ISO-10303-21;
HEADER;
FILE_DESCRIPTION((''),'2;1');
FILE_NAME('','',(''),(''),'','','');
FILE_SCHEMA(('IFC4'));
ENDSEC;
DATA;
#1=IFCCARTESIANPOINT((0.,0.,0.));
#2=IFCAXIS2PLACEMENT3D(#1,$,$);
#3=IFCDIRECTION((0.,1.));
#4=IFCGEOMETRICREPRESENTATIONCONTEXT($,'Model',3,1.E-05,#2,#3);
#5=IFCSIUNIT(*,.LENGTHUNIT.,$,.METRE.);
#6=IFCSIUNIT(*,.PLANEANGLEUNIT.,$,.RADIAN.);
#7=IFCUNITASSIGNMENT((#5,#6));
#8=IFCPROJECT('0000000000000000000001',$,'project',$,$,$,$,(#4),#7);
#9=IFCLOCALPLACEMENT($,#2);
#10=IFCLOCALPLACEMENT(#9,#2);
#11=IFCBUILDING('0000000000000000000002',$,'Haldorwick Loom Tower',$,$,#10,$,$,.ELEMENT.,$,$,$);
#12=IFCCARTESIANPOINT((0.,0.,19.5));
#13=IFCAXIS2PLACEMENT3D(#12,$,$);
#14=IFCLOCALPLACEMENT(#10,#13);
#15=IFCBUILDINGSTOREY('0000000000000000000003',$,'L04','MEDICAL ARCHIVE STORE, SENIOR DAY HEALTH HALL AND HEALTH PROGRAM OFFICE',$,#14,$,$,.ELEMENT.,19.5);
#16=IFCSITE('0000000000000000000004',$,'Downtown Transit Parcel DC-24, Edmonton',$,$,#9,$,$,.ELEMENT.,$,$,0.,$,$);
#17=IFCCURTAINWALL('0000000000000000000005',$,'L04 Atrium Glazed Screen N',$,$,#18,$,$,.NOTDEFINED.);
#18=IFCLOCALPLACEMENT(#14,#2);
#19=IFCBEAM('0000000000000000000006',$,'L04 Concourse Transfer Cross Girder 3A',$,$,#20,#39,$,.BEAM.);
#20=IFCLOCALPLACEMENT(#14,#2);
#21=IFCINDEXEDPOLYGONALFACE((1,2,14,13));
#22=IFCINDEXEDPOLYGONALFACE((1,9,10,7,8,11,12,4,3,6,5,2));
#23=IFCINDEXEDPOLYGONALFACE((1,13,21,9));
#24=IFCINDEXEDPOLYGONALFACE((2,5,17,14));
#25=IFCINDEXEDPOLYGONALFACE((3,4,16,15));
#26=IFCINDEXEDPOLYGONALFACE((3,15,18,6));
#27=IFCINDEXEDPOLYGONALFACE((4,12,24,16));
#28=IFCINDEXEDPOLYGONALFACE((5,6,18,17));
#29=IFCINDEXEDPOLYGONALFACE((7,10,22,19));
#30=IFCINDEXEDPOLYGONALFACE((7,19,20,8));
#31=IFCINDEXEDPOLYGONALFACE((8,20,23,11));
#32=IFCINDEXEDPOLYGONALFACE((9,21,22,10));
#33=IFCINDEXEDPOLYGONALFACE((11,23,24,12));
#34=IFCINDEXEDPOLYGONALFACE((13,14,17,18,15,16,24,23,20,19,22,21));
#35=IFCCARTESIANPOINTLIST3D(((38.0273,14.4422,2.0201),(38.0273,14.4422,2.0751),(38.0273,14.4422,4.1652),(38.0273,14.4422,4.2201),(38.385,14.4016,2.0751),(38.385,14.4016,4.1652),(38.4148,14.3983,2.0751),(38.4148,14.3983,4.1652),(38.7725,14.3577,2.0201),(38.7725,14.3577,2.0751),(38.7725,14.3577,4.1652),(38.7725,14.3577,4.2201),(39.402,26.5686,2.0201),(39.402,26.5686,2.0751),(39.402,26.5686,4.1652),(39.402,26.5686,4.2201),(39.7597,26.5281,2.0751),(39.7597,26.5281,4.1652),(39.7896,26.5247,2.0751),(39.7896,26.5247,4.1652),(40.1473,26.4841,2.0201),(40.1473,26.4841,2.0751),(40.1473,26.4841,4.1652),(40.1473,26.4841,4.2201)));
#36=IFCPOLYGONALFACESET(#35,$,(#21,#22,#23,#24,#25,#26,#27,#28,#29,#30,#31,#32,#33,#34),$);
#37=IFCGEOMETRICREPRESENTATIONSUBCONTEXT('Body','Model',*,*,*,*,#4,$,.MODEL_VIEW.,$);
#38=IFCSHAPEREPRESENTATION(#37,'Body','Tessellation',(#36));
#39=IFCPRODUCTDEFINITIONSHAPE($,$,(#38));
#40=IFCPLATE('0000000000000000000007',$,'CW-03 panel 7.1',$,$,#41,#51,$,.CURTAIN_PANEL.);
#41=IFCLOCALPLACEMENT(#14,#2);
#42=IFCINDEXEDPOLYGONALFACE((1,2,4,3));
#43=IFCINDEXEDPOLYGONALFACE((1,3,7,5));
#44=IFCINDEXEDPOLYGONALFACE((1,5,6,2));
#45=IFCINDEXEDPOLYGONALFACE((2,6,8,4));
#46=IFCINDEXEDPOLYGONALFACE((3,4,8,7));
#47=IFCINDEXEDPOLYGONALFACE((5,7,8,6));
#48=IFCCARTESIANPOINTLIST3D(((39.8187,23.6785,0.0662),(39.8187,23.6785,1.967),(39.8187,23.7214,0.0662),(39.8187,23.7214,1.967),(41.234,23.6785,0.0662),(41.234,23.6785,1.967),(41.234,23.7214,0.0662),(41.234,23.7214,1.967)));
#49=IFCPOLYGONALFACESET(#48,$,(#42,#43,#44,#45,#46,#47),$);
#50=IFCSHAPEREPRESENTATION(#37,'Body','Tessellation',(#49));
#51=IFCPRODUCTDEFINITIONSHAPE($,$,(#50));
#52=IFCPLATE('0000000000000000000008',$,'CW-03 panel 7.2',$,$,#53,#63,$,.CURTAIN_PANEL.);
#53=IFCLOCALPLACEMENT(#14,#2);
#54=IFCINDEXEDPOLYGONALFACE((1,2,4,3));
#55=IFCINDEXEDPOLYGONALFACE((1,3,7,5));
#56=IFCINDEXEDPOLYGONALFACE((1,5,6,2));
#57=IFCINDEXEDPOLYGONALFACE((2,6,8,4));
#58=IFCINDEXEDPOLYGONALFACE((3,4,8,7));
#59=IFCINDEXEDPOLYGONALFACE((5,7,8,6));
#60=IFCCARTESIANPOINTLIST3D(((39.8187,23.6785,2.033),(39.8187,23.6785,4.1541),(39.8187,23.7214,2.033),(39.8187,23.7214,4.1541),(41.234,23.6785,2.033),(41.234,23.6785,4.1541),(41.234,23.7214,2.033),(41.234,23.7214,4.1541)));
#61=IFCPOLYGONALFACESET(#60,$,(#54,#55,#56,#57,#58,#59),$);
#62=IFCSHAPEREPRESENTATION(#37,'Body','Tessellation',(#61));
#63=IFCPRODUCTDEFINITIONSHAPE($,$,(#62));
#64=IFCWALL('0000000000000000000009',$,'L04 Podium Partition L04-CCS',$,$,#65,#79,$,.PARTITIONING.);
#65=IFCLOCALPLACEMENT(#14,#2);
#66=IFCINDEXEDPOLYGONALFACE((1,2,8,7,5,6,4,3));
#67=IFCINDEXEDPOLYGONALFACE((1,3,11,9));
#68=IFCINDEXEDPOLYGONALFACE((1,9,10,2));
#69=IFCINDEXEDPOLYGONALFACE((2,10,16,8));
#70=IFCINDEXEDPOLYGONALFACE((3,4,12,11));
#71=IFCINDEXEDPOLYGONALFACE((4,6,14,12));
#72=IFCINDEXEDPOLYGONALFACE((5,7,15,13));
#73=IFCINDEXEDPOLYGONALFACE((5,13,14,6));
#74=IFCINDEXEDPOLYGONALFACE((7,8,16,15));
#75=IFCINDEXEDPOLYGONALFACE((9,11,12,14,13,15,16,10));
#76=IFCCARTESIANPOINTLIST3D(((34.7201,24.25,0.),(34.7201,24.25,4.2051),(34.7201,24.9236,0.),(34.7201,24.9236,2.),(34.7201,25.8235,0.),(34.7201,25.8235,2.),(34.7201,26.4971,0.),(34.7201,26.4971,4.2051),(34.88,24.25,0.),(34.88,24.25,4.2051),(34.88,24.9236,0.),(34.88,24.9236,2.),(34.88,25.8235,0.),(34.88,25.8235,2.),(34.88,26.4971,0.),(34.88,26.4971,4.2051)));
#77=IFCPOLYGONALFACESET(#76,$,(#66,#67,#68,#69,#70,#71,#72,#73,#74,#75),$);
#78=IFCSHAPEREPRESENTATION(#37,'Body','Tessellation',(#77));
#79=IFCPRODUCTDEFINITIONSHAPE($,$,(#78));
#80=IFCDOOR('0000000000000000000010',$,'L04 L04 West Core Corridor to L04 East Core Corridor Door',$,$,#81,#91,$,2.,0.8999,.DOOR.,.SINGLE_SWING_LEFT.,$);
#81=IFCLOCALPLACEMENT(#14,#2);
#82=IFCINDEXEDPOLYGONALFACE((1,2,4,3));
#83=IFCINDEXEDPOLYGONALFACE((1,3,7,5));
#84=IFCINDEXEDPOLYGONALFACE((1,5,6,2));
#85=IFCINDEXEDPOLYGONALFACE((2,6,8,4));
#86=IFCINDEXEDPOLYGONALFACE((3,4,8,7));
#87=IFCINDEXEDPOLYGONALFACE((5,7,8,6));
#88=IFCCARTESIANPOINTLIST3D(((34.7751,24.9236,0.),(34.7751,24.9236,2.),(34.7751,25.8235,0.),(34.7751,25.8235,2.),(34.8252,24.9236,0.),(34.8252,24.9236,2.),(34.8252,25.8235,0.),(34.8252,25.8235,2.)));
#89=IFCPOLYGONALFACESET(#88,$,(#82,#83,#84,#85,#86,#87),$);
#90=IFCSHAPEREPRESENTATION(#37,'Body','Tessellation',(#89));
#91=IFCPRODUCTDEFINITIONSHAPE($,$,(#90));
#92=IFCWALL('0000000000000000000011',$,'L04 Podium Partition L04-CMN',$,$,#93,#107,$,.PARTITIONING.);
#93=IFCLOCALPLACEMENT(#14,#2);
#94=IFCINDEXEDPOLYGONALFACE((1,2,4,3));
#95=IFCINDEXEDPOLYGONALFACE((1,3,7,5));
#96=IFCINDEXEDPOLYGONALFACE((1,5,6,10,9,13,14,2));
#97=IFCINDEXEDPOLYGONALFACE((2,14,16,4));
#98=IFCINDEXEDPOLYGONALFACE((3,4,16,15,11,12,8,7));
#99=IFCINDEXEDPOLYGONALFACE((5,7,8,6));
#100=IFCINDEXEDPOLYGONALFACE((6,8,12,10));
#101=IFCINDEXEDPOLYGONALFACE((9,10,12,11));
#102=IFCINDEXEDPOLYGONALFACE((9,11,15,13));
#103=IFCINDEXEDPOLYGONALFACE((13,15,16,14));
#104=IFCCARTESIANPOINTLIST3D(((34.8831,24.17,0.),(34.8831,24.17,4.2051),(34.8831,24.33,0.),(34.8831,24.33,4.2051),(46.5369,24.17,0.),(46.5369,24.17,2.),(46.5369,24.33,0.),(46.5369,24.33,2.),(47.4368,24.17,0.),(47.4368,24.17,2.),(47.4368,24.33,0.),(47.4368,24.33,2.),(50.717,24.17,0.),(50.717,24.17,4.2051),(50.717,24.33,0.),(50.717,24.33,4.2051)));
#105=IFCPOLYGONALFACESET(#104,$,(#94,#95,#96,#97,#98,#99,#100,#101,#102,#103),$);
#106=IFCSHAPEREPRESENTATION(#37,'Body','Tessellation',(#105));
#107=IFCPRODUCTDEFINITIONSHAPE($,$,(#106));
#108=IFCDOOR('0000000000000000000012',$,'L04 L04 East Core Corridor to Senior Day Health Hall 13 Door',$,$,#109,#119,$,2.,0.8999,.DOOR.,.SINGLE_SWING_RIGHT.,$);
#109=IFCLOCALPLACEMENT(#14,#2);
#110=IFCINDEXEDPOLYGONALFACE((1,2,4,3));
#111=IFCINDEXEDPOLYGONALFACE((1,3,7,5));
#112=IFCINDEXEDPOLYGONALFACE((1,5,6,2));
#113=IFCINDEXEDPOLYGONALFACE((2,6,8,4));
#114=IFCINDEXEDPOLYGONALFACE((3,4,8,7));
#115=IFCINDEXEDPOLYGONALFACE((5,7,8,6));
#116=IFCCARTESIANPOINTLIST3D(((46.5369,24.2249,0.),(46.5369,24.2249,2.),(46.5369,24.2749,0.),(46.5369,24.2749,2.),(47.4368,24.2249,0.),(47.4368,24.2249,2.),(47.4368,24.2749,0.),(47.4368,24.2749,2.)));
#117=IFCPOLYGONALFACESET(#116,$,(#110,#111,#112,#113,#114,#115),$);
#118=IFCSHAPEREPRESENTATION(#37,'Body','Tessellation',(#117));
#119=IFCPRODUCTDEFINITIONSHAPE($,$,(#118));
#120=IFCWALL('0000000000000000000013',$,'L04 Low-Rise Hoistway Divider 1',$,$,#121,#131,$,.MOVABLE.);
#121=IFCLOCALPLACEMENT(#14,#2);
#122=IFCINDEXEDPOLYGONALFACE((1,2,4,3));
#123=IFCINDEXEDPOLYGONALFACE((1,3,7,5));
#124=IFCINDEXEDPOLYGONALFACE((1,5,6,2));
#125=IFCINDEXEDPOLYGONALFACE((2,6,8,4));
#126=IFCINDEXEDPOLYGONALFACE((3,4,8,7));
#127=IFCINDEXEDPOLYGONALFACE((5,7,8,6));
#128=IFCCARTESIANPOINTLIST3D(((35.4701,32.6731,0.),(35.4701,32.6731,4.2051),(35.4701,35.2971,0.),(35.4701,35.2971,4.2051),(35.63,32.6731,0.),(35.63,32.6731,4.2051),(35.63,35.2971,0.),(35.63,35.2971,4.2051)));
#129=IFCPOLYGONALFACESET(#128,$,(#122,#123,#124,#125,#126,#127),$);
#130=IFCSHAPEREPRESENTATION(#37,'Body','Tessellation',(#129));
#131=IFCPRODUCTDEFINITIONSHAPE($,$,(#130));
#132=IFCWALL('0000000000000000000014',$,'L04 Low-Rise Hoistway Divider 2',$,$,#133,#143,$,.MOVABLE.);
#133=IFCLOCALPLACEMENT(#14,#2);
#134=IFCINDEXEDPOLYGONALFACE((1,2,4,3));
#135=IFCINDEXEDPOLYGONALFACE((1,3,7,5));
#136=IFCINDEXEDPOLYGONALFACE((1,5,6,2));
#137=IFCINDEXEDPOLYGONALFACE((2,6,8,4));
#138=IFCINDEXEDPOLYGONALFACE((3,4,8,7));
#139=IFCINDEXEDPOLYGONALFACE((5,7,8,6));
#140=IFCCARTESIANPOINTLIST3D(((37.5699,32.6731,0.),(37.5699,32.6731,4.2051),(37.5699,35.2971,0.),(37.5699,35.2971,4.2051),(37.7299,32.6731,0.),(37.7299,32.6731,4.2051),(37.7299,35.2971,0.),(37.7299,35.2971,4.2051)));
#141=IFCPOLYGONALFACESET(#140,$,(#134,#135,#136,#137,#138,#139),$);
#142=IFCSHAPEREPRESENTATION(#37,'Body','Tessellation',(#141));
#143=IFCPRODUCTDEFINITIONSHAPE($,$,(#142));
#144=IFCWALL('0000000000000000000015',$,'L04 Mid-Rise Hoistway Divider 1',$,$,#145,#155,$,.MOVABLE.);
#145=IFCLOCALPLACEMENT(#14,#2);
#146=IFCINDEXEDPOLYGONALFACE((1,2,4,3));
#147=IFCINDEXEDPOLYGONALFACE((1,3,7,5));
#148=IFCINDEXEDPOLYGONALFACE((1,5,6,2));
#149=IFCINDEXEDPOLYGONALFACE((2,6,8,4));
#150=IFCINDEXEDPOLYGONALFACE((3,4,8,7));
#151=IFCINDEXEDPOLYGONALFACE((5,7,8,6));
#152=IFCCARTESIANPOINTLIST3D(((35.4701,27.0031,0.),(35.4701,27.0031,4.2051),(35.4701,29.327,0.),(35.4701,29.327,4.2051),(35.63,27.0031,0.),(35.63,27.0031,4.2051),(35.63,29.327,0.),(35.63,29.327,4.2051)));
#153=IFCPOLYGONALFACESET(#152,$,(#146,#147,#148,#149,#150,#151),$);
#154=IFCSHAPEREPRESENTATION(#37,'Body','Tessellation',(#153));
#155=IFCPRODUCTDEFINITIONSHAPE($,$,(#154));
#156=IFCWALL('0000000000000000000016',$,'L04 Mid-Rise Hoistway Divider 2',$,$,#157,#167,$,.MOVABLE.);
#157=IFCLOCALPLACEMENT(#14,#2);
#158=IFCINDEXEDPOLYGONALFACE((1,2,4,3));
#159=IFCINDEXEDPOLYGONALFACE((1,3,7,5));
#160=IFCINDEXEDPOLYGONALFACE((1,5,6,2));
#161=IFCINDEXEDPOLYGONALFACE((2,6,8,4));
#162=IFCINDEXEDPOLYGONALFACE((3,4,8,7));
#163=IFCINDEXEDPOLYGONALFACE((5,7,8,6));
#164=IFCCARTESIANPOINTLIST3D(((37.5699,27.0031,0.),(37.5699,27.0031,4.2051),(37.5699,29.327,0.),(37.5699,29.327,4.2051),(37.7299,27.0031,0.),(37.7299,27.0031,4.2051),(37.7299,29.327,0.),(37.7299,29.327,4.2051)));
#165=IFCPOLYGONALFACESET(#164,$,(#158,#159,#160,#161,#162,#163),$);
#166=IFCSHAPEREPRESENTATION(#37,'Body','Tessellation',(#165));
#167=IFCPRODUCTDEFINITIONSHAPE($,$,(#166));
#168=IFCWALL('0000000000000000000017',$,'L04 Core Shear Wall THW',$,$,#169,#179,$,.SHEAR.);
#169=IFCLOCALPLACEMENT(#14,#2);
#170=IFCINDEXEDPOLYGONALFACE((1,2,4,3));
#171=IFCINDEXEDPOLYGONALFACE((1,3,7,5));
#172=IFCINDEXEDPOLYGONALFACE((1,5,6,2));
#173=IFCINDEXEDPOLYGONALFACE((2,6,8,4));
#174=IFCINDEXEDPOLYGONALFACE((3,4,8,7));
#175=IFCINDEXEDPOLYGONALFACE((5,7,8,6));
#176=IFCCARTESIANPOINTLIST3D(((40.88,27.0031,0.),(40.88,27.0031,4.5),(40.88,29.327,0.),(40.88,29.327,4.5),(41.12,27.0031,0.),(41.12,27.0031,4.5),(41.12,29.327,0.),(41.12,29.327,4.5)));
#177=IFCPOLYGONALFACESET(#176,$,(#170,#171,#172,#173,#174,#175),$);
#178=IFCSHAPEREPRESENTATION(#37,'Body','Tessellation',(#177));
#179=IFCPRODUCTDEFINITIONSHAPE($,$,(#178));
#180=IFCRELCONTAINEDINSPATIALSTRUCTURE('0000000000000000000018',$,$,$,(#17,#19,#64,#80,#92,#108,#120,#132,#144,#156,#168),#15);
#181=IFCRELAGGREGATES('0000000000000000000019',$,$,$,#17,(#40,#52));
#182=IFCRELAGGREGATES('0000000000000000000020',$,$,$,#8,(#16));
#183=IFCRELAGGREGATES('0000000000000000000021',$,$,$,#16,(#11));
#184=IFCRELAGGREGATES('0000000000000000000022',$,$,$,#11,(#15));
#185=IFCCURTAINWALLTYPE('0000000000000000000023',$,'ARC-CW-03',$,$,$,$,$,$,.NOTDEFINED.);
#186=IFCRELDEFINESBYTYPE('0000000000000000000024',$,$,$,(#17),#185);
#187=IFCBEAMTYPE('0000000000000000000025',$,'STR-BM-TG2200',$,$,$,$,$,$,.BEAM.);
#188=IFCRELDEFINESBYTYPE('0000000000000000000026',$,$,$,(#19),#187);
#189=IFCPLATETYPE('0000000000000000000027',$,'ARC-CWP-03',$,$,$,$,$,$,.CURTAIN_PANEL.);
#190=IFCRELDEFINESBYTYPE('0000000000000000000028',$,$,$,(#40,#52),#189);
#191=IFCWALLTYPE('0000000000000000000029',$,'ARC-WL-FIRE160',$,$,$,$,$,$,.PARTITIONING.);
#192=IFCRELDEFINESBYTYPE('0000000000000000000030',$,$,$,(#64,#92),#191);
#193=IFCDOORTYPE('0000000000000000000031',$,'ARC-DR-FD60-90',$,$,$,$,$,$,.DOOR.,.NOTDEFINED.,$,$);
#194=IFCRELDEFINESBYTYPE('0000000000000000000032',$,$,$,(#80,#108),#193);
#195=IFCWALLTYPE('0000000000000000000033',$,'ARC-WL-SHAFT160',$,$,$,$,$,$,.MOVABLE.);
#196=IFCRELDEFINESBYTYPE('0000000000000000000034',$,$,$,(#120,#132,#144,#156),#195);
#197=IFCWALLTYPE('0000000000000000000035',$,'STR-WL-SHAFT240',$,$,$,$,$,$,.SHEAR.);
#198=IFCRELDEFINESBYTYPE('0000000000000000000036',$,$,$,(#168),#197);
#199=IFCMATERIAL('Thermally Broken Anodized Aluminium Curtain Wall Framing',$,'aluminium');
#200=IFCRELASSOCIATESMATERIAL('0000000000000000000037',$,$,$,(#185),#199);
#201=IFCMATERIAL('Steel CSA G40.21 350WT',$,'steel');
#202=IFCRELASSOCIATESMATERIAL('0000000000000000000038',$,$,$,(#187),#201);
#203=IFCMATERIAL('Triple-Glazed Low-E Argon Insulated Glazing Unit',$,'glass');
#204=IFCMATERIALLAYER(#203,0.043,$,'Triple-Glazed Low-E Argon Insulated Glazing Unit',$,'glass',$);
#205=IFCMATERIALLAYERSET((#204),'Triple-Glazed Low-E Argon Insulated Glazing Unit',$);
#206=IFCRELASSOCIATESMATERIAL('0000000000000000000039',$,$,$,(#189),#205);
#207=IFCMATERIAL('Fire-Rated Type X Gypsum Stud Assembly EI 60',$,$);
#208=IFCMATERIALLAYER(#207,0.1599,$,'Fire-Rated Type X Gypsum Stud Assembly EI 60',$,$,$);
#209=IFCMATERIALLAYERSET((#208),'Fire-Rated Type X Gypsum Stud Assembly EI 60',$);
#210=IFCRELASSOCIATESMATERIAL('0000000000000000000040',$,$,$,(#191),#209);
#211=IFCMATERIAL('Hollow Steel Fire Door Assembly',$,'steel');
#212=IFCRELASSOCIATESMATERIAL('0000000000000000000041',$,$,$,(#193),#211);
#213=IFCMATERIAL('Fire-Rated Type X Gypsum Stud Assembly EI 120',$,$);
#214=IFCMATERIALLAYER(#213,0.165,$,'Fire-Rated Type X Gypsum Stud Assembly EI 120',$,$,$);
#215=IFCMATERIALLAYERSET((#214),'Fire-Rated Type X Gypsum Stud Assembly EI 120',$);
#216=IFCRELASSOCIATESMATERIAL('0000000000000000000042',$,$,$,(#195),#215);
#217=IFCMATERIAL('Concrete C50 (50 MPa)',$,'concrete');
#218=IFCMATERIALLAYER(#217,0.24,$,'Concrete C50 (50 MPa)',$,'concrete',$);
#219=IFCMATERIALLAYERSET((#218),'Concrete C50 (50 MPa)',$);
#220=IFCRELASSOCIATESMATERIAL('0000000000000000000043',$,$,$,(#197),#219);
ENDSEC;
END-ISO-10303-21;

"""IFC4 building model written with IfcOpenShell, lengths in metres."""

from ifc_helpers import new_model, si_unit, direction, frame, frame_2d, origin, origin_2d, place, context, subcontext, project, spatial, rectangle, i_section, extrude, material, layer, layer_set, material_profile, profile_set, type_object, element, fill, aggregate, save


model = new_model("IFC4")

# Units and contexts
model_context = context("Model", 3, precision=1e-05, world=origin(), true_north=direction((0.0, 1.0)))
body_context = subcontext(model_context, "Body", "Model", "MODEL_VIEW")
ifc_project = project(units=[si_unit("LENGTHUNIT", "METRE"), si_unit("PLANEANGLEUNIT", "RADIAN")], contexts=[model_context])

# Site, building, storey
site_placement = place(None, origin())
site = spatial("IfcSite", under=ifc_project, at=site_placement, Name="Downtown Transit Parcel DC-24, Edmonton", CompositionType="ELEMENT", RefElevation=0.0)
building_placement = place(site_placement, origin())
building = spatial("IfcBuilding", under=site, at=building_placement, Name="Haldorwick Loom Tower", CompositionType="ELEMENT")
storey_placement = place(building_placement, frame((0.0, 0.0, 19.5)))
storey = spatial("IfcBuildingStorey", under=building, at=storey_placement, Name="L04", Description="MEDICAL ARCHIVE STORE, SENIOR DAY HEALTH HALL AND HEALTH PROGRAM OFFICE", CompositionType="ELEMENT", Elevation=19.5)

# Shared definitions
ifc_material_1 = material(Name="Steel CSA G40.21 350WT", Category="steel")

# Curtain wall
ifc_material_2 = material(Name="Thermally Broken Anodized Aluminium Curtain Wall Framing", Category="aluminium")
curtain_wall_type = type_object("IfcCurtainWallType", Name="ARC-CW-03", PredefinedType="NOTDEFINED", material=ifc_material_2)
curtain_wall_placement = place(storey_placement, origin())
curtain_wall = element("IfcCurtainWall", 1, at=curtain_wall_placement, inside=storey, type_object=curtain_wall_type, Name="L04 Atrium Glazed Screen N", PredefinedType="NOTDEFINED")

# Beam
ifc_material_profile_1 = material_profile(ifc_material_1, i_section(OverallWidth=0.75, OverallDepth=2.2, WebThickness=0.03, FlangeThickness=0.0549, at=origin_2d()), Name="WWF2200X750", Category="steel")
ifc_profile_set_1 = profile_set([ifc_material_profile_1], Name="Steel CSA G40.21 350WT")
beam_type_1 = type_object("IfcBeamType", Name="STR-BM-TG2200", PredefinedType="BEAM", material=ifc_profile_set_1)
beam_1_placement = place(storey_placement, frame((39.7747, 26.5264, 3.1201), z_axis=(-0.112647, -0.993635, 0.0), x_axis=(0.993635, -0.112647, 0.0)))
element("IfcBeam", 2, at=beam_1_placement, inside=storey, type_object=beam_type_1, Name="L04 Concourse Transfer Cross Girder 3A", PredefinedType="BEAM", context=body_context, shape_type="SweptSolid", body=[
    extrude(i_section(OverallWidth=0.75, OverallDepth=2.2, WebThickness=0.03, FlangeThickness=0.0549, at=origin_2d()), origin(), (0.0, 0.0, 1.0), 12.2041),
])

# Plates
ifc_material_3 = material(Name="Triple-Glazed Low-E Argon Insulated Glazing Unit", Category="glass")
ifc_layer_1 = layer(ifc_material_3, 0.043, Name="Triple-Glazed Low-E Argon Insulated Glazing Unit", Category="glass")
ifc_layer_set_1 = layer_set([ifc_layer_1], Name="Triple-Glazed Low-E Argon Insulated Glazing Unit")
plate_type = type_object("IfcPlateType", Name="ARC-CWP-03", PredefinedType="CURTAIN_PANEL", material=ifc_layer_set_1)
plate_1_placement = place(storey_placement, frame((40.5264, 23.7, 0.0662), z_axis=(0.0, 0.0, 1.0), x_axis=(1.0, 0.0, 0.0)))
plate_1 = element("IfcPlate", 3, at=plate_1_placement, type_object=plate_type, Name="CW-03 panel 7.1", PredefinedType="CURTAIN_PANEL", context=body_context, shape_type="SweptSolid", body=[
    extrude(rectangle(XDim=1.4153, YDim=0.043, at=origin_2d()), origin(), (0.0, 0.0, 1.0), 1.9009),
])
plate_2_placement = place(storey_placement, frame((40.5264, 23.7, 2.033), z_axis=(0.0, 0.0, 1.0), x_axis=(1.0, 0.0, 0.0)))
plate_2 = element("IfcPlate", 4, at=plate_2_placement, type_object=plate_type, Name="CW-03 panel 7.2", PredefinedType="CURTAIN_PANEL", context=body_context, shape_type="SweptSolid", body=[
    extrude(rectangle(XDim=1.4153, YDim=0.043, at=origin_2d()), origin(), (0.0, 0.0, 1.0), 2.1211),
])
aggregate(curtain_wall, [plate_1, plate_2])

# Walls, openings, doors
ifc_material_4 = material(Name="Fire-Rated Type X Gypsum Stud Assembly EI 60")
ifc_layer_2 = layer(ifc_material_4, 0.1599, Name="Fire-Rated Type X Gypsum Stud Assembly EI 60")
ifc_layer_set_2 = layer_set([ifc_layer_2], Name="Fire-Rated Type X Gypsum Stud Assembly EI 60")
wall_type_1 = type_object("IfcWallType", Name="ARC-WL-FIRE160", PredefinedType="PARTITIONING", material=ifc_layer_set_2)
wall_1_placement = place(storey_placement, frame((34.8, 24.25, 0.0), z_axis=(0.0, 0.0, 1.0), x_axis=(0.0, 1.0, 0.0)))
wall_1 = element("IfcWall", 5, at=wall_1_placement, inside=storey, type_object=wall_type_1, Name="L04 Podium Partition L04-CCS", PredefinedType="PARTITIONING", context=body_context, shape_type="SweptSolid", body=[
    extrude(rectangle(XDim=2.2471, YDim=0.1599, at=frame_2d((1.1235, 0.0))), origin(), (0.0, 0.0, 1.0), 4.2051),
])
opening_1_placement = place(wall_1_placement, frame((0.6736, 0.0, 0.0)))
opening_1 = element("IfcOpeningElement", 6, at=opening_1_placement, cuts=wall_1, PredefinedType="OPENING", context=body_context, shape_type="SweptSolid", body=[
    extrude(rectangle(XDim=0.8999, YDim=2.0, at=frame_2d((0.45, 1.0))), frame((0.0, 0.0898, 0.0), z_axis=(0.0, -1.0, 0.0), x_axis=(1.0, 0.0, 0.0)), (0.0, 0.0, 1.0), 0.1799),
])
ifc_material_5 = material(Name="Hollow Steel Fire Door Assembly", Category="steel")
door_type = type_object("IfcDoorType", Name="ARC-DR-FD60-90", OperationType="NOTDEFINED", PredefinedType="DOOR", material=ifc_material_5)
door_1_placement = place(opening_1_placement, origin())
door_1 = element("IfcDoor", 7, at=door_1_placement, inside=storey, type_object=door_type, Name="L04 L04 West Core Corridor to L04 East Core Corridor Door", OperationType="SINGLE_SWING_LEFT", OverallHeight=2.0, OverallWidth=0.8999, PredefinedType="DOOR", context=body_context, shape_type="SweptSolid", body=[
    extrude(rectangle(XDim=0.8999, YDim=2.0, at=frame_2d((0.45, 1.0))), frame((0.0, 0.0249, 0.0), z_axis=(0.0, -1.0, 0.0), x_axis=(1.0, 0.0, 0.0)), (0.0, 0.0, 1.0), 0.05),
])
fill(opening_1, door_1)
wall_2_placement = place(storey_placement, frame((34.8831, 24.25, 0.0), z_axis=(0.0, 0.0, 1.0), x_axis=(1.0, 0.0, 0.0)))
wall_2 = element("IfcWall", 8, at=wall_2_placement, inside=storey, type_object=wall_type_1, Name="L04 Podium Partition L04-CMN", PredefinedType="PARTITIONING", context=body_context, shape_type="SweptSolid", body=[
    extrude(rectangle(XDim=15.834, YDim=0.1599, at=frame_2d((7.917, 0.0))), origin(), (0.0, 0.0, 1.0), 4.2051),
])
opening_2_placement = place(wall_2_placement, frame((11.6538, 0.0, 0.0)))
opening_2 = element("IfcOpeningElement", 9, at=opening_2_placement, cuts=wall_2, PredefinedType="OPENING", context=body_context, shape_type="SweptSolid", body=[
    extrude(rectangle(XDim=0.8999, YDim=2.0, at=frame_2d((0.45, 1.0))), frame((0.0, 0.0898, 0.0), z_axis=(0.0, -1.0, 0.0), x_axis=(1.0, 0.0, 0.0)), (0.0, 0.0, 1.0), 0.1799),
])
door_2_placement = place(opening_2_placement, origin())
door_2 = element("IfcDoor", 10, at=door_2_placement, inside=storey, type_object=door_type, Name="L04 L04 East Core Corridor to Senior Day Health Hall 13 Door", OperationType="SINGLE_SWING_RIGHT", OverallHeight=2.0, OverallWidth=0.8999, PredefinedType="DOOR", context=body_context, shape_type="SweptSolid", body=[
    extrude(rectangle(XDim=0.8999, YDim=2.0, at=frame_2d((0.45, 1.0))), frame((0.0, 0.0249, 0.0), z_axis=(0.0, -1.0, 0.0), x_axis=(1.0, 0.0, 0.0)), (0.0, 0.0, 1.0), 0.05),
])
fill(opening_2, door_2)

# Walls
ifc_material_6 = material(Name="Fire-Rated Type X Gypsum Stud Assembly EI 120")
ifc_layer_3 = layer(ifc_material_6, 0.165, Name="Fire-Rated Type X Gypsum Stud Assembly EI 120")
ifc_layer_set_3 = layer_set([ifc_layer_3], Name="Fire-Rated Type X Gypsum Stud Assembly EI 120")
wall_type_2 = type_object("IfcWallType", Name="ARC-WL-SHAFT160", PredefinedType="MOVABLE", material=ifc_layer_set_3)
for number, where, z_axis, x_axis, name in (
    (11, (35.55, 32.6731, 0.0), (0.0, 0.0, 1.0), (0.0, 1.0, 0.0), "L04 Low-Rise Hoistway Divider 1"),
    (12, (37.6499, 32.6731, 0.0), (0.0, 0.0, 1.0), (0.0, 1.0, 0.0), "L04 Low-Rise Hoistway Divider 2"),
):
    element("IfcWall", number, at=place(storey_placement, frame(where, z_axis=z_axis, x_axis=x_axis)), inside=storey, type_object=wall_type_2, Name=name, PredefinedType="MOVABLE", context=body_context, shape_type="SweptSolid", body=[
        extrude(rectangle(XDim=2.624, YDim=0.1599, at=frame_2d((1.312, 0.0))), origin(), (0.0, 0.0, 1.0), 4.2051),
    ])
for number, where, z_axis, x_axis, name in (
    (13, (35.55, 27.0029, 0.0), (0.0, 0.0, 1.0), (0.0, 1.0, 0.0), "L04 Mid-Rise Hoistway Divider 1"),
    (14, (37.6499, 27.0029, 0.0), (0.0, 0.0, 1.0), (0.0, 1.0, 0.0), "L04 Mid-Rise Hoistway Divider 2"),
):
    element("IfcWall", number, at=place(storey_placement, frame(where, z_axis=z_axis, x_axis=x_axis)), inside=storey, type_object=wall_type_2, Name=name, PredefinedType="MOVABLE", context=body_context, shape_type="SweptSolid", body=[
        extrude(rectangle(XDim=2.324, YDim=0.1599, at=frame_2d((1.1621, 0.0))), origin(), (0.0, 0.0, 1.0), 4.2051),
    ])
ifc_material_7 = material(Name="Concrete C50 (50 MPa)", Category="concrete")
ifc_layer_4 = layer(ifc_material_7, 0.24, Name="Concrete C50 (50 MPa)", Category="concrete")
ifc_layer_set_4 = layer_set([ifc_layer_4], Name="Concrete C50 (50 MPa)")
wall_type_3 = type_object("IfcWallType", Name="STR-WL-SHAFT240", PredefinedType="SHEAR", material=ifc_layer_set_4)
wall_3_placement = place(storey_placement, frame((41.0, 27.0029, 0.0), z_axis=(0.0, 0.0, 1.0), x_axis=(0.0, 1.0, 0.0)))
element("IfcWall", 15, at=wall_3_placement, inside=storey, type_object=wall_type_3, Name="L04 Core Shear Wall THW", PredefinedType="SHEAR", context=body_context, shape_type="SweptSolid", body=[
    extrude(rectangle(XDim=2.324, YDim=0.24, at=frame_2d((1.1621, 0.0))), origin(), (0.0, 0.0, 1.0), 4.5),
])

save(model, "model.ifc")
